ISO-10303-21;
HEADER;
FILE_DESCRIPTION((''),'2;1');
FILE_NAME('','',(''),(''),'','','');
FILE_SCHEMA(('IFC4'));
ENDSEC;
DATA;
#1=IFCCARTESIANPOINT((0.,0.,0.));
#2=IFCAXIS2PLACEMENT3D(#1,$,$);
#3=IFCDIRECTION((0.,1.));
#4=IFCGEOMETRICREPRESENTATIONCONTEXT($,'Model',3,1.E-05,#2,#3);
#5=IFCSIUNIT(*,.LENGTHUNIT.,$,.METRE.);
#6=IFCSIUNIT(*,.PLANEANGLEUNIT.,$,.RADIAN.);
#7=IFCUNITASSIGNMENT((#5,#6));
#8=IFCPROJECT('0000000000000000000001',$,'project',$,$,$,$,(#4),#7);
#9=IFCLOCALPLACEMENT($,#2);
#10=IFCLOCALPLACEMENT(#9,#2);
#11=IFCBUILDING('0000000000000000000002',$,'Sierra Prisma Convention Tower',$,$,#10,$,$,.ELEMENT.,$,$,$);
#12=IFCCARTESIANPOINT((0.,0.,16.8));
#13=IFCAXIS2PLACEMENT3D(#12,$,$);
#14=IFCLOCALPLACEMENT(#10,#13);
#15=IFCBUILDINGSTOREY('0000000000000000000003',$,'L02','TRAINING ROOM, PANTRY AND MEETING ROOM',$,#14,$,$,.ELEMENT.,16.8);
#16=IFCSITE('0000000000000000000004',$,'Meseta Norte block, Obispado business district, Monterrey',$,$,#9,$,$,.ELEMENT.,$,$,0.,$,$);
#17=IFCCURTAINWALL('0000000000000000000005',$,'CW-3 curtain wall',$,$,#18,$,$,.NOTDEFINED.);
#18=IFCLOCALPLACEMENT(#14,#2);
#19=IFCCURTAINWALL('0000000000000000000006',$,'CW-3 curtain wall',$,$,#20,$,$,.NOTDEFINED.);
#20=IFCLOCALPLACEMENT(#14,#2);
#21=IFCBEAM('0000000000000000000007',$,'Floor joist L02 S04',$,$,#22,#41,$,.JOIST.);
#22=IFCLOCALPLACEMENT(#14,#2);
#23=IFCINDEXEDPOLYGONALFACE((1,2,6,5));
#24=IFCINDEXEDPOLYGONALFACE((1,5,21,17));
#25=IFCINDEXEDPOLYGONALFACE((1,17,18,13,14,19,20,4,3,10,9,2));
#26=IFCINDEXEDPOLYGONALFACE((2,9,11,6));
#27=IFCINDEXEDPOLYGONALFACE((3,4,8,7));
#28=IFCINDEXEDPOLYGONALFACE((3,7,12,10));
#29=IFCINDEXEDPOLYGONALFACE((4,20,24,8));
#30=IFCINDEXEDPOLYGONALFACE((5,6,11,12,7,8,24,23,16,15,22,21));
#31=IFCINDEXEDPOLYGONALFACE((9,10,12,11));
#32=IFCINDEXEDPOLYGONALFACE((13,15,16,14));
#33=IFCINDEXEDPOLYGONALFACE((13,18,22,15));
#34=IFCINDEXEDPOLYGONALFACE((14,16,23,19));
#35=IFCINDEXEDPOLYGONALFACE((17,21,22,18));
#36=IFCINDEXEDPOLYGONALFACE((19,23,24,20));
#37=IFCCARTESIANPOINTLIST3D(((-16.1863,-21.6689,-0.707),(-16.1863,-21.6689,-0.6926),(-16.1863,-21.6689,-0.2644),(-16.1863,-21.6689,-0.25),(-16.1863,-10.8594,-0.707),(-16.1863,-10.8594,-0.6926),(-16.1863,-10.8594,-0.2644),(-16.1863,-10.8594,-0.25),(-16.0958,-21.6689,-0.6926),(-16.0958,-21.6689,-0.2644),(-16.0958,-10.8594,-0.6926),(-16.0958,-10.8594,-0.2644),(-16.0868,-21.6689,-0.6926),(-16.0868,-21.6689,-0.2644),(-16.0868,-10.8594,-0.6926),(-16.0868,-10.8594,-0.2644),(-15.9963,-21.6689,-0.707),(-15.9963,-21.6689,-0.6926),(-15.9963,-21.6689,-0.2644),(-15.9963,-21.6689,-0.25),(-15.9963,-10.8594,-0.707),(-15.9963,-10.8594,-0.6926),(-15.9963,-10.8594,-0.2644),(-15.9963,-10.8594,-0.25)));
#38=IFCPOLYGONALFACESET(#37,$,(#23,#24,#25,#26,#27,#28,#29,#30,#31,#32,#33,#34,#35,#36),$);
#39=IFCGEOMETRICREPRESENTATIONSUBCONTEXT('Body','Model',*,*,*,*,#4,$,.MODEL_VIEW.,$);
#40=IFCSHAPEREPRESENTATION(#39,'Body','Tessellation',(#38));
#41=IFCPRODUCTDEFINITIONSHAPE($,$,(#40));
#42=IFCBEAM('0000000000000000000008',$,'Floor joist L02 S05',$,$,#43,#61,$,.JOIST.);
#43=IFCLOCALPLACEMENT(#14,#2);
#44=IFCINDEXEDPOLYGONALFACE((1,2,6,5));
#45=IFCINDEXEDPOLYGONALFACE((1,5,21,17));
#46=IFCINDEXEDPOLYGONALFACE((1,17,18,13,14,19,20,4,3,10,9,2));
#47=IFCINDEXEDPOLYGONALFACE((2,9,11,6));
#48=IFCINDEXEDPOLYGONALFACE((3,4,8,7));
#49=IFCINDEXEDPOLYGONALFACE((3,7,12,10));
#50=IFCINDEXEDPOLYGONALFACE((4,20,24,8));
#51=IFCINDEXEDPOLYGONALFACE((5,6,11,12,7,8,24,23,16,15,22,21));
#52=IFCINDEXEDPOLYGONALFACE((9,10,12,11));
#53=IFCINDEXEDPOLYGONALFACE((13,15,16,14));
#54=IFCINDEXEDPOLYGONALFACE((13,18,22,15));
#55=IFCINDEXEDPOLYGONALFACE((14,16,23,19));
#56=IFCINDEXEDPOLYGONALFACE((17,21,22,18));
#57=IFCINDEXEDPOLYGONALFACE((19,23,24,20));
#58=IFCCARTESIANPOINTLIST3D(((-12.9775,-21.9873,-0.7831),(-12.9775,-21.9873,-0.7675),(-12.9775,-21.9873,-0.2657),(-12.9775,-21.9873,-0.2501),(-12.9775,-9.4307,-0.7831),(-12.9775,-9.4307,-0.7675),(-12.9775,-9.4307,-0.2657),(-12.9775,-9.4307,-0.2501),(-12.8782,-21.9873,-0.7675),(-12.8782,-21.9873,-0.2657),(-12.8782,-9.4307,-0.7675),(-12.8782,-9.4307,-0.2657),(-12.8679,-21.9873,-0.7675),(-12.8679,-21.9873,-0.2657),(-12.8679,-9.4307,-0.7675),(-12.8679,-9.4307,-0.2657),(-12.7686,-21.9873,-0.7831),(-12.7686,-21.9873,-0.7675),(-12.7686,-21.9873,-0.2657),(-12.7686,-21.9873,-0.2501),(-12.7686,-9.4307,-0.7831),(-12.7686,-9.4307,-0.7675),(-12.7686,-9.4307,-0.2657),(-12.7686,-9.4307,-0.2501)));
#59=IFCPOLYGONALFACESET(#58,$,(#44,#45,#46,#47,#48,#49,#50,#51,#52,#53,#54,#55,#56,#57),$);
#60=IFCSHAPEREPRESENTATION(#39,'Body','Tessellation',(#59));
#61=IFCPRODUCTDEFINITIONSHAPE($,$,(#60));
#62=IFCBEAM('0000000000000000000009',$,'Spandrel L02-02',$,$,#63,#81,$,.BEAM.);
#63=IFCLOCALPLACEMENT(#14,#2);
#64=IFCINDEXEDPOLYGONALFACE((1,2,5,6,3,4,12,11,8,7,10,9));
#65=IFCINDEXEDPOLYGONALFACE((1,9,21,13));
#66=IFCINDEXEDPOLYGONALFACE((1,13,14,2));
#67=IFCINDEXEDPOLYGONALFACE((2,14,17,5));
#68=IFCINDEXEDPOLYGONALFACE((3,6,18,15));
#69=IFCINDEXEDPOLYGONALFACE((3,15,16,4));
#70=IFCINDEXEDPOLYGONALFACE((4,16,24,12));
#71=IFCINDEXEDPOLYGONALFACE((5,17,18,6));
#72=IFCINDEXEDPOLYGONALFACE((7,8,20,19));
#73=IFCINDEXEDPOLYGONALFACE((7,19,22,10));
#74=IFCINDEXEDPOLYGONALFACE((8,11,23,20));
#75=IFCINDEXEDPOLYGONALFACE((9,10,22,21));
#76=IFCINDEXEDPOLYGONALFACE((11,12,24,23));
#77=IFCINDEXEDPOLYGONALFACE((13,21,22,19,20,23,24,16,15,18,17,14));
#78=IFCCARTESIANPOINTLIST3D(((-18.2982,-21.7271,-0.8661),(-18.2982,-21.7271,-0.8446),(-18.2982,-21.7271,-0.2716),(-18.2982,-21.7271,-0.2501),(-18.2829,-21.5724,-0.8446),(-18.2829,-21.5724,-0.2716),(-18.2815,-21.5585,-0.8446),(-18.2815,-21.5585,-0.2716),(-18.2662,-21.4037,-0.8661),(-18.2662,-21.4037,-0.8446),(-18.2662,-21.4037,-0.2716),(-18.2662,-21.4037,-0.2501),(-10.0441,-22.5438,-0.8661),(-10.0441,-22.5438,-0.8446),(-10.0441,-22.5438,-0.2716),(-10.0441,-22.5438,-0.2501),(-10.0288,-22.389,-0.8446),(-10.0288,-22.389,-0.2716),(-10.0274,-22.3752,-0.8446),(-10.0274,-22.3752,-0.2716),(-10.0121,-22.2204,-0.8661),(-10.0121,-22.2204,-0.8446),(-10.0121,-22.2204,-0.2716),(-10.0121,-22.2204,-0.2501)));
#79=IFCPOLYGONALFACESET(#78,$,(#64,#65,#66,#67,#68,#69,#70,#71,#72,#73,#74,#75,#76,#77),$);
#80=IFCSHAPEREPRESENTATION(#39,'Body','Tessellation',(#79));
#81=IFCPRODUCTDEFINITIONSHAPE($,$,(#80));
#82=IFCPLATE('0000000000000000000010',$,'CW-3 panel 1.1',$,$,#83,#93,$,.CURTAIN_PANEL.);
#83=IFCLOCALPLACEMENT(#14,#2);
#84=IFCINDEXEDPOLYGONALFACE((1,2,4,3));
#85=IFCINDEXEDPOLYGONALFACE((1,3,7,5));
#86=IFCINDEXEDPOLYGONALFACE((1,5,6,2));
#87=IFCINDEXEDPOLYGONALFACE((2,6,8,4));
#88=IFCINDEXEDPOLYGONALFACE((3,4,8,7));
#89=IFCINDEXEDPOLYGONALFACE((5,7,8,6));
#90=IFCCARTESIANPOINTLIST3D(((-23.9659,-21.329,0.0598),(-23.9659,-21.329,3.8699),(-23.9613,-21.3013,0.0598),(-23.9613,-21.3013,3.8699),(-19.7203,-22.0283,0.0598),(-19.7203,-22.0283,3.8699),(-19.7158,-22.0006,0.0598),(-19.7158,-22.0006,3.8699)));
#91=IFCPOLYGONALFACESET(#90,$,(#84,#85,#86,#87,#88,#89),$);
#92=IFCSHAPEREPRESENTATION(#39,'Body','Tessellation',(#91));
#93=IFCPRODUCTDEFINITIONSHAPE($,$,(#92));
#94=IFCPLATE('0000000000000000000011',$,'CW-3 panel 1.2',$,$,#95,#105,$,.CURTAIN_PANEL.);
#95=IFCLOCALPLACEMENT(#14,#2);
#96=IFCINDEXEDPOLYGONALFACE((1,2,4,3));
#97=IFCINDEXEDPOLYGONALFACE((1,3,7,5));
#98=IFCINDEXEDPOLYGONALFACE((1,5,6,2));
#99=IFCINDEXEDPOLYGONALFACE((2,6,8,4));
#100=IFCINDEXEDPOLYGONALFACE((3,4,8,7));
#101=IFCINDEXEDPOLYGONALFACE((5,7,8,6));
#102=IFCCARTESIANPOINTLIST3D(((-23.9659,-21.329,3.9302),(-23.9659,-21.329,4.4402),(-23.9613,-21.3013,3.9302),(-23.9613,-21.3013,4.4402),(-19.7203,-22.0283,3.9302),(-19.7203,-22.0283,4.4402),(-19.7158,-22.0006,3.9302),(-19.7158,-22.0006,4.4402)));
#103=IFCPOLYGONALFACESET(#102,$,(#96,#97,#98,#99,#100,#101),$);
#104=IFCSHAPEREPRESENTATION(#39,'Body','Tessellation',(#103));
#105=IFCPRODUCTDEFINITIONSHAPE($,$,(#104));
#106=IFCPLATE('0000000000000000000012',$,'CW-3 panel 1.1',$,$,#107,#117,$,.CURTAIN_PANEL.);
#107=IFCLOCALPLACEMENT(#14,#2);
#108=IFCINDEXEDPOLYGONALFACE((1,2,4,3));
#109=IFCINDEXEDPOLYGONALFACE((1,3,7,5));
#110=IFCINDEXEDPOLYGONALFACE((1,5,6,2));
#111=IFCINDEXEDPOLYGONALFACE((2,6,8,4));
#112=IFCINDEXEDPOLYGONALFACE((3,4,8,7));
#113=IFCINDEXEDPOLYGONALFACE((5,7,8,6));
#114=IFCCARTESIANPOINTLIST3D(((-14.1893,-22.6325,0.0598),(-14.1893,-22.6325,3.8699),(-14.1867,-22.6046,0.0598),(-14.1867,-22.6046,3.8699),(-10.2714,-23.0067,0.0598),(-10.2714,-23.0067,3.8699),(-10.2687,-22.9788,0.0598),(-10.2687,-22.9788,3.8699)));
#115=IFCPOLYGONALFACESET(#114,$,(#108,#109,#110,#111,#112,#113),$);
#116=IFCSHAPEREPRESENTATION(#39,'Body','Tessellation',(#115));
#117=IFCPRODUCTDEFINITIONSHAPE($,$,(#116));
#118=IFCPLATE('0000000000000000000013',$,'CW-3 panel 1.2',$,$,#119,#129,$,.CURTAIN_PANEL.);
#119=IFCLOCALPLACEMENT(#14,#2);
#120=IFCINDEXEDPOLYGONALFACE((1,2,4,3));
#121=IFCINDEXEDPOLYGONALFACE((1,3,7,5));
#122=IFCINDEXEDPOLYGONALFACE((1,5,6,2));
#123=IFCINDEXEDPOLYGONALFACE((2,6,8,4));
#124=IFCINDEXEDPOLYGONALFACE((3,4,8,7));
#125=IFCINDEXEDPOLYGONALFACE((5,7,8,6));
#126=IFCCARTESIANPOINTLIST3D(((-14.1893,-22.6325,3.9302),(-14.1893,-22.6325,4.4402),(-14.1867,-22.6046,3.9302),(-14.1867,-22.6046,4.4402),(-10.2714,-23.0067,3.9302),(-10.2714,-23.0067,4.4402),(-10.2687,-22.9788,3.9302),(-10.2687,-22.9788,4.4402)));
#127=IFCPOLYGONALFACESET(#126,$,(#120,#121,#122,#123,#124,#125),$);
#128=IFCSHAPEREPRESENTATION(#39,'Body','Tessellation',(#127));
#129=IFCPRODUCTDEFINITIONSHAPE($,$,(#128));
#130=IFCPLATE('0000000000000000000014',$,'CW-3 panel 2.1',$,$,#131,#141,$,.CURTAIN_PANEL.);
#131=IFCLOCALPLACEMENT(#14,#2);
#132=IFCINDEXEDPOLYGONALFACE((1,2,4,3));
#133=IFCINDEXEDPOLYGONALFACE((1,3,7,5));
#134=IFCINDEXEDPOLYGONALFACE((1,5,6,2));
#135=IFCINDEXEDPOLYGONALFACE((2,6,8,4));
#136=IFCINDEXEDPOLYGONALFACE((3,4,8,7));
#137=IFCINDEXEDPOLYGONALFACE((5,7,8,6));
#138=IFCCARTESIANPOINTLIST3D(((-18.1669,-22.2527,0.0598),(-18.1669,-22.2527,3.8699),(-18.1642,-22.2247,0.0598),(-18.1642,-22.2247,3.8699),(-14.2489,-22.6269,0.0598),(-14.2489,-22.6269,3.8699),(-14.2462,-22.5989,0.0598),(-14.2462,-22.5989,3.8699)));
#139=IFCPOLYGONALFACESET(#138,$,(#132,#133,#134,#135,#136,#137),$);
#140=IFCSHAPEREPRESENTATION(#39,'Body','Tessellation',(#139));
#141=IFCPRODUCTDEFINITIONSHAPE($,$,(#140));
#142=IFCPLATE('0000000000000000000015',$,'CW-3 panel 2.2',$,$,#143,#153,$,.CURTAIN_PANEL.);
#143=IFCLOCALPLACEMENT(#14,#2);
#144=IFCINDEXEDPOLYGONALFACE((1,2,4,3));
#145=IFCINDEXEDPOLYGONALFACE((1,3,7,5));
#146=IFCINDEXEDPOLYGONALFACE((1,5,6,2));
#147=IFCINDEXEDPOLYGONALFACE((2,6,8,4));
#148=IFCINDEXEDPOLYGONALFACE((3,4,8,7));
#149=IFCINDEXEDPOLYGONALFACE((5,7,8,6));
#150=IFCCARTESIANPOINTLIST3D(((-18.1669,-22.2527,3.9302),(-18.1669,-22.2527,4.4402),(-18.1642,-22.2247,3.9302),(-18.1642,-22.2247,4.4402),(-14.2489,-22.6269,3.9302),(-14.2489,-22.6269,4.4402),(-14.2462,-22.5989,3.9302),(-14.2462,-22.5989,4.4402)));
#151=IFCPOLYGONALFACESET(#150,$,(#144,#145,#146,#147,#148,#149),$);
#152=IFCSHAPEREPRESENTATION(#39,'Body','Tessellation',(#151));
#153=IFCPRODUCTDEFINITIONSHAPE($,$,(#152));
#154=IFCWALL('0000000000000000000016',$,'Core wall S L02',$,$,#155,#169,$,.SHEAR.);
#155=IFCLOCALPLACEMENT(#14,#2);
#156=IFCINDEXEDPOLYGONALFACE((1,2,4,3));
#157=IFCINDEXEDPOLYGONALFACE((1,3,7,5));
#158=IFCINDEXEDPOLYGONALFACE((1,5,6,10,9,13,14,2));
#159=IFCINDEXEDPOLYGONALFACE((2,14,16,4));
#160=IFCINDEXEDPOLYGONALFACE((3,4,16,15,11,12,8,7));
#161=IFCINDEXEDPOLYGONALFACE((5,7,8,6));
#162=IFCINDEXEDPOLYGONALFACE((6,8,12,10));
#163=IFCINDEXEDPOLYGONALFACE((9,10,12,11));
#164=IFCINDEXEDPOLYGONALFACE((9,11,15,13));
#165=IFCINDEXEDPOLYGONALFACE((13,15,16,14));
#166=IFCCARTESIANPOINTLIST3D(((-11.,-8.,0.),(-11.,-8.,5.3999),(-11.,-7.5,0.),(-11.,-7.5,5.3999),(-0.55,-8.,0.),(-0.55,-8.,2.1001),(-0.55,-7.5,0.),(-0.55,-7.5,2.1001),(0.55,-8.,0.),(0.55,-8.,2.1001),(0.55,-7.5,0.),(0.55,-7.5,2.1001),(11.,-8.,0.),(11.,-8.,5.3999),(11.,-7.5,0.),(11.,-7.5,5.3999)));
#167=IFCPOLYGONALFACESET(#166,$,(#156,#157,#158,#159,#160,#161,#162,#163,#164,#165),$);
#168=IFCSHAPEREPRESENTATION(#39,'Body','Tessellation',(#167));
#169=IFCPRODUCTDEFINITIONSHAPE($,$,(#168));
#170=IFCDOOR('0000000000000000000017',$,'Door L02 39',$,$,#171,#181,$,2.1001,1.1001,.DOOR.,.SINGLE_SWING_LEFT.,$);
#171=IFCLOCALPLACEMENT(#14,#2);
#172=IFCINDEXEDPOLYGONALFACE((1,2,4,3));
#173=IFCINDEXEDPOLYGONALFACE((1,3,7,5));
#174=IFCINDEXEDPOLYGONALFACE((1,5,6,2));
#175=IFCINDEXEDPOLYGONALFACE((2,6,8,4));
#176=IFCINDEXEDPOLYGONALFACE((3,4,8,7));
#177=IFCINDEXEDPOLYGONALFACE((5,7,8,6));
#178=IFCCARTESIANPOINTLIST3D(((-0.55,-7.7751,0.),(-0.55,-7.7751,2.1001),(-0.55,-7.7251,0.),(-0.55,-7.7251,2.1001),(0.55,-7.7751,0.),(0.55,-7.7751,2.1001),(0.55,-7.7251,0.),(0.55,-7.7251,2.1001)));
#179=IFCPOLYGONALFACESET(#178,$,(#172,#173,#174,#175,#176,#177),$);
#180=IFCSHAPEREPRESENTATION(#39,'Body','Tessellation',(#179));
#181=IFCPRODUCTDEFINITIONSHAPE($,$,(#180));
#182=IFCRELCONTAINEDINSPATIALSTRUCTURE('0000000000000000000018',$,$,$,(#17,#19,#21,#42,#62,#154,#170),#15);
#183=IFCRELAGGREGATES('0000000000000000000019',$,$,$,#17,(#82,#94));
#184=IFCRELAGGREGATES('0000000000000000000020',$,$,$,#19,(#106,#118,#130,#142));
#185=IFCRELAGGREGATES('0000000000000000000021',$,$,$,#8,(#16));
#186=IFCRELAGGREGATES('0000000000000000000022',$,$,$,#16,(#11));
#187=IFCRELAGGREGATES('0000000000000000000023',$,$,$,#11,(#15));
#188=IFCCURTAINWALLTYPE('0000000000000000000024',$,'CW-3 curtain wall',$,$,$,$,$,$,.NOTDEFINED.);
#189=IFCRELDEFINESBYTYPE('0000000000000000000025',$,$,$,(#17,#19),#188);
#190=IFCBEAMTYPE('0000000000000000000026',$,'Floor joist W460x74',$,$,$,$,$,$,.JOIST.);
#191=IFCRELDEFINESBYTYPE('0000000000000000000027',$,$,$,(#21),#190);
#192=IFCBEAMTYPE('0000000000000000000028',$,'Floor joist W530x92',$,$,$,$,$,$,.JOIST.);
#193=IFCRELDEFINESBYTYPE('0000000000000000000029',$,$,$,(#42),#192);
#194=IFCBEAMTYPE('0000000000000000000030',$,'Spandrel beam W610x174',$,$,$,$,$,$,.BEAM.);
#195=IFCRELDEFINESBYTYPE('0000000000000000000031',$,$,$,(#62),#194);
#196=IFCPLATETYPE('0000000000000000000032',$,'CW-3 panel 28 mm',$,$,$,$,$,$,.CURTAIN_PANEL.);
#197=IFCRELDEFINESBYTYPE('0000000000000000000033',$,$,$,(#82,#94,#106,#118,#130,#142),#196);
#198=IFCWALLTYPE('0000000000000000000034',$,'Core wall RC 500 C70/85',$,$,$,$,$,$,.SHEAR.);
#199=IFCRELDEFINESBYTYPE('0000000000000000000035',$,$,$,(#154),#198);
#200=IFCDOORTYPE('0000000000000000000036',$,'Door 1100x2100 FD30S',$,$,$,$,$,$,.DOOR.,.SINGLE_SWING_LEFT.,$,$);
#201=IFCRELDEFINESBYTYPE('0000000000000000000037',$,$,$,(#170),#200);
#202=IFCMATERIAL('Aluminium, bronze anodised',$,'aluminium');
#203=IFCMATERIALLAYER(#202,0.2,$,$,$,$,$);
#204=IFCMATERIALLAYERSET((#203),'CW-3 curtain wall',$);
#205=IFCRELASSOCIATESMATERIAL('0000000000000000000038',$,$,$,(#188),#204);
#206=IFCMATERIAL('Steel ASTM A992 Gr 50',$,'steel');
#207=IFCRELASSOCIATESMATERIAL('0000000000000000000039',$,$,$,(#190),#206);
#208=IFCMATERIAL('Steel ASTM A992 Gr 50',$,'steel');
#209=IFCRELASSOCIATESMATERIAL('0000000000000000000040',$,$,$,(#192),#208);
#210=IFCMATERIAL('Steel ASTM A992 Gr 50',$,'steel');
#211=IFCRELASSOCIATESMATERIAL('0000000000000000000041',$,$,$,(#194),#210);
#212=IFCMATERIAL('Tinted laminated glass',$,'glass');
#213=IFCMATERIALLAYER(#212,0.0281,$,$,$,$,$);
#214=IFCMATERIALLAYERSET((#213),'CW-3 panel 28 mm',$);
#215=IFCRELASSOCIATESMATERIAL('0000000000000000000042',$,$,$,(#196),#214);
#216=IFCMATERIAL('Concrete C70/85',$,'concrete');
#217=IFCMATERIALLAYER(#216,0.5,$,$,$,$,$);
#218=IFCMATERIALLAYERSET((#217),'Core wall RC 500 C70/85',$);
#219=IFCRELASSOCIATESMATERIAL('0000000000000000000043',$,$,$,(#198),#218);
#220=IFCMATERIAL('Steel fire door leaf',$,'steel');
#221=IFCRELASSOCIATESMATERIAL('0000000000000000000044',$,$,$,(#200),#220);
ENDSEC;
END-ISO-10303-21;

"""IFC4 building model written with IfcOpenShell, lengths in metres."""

from ifc_helpers import new_model, si_unit, direction, frame, frame_2d, origin, origin_2d, place, context, subcontext, project, spatial, rectangle, i_section, extrude, material, layer, layer_set, material_profile, profile_set, type_object, element, fill, aggregate, save


model = new_model("IFC4")

# Units and contexts
model_context = context("Model", 3, precision=1e-05, world=origin(), true_north=direction((0.0, 1.0)))
body_context = subcontext(model_context, "Body", "Model", "MODEL_VIEW")
ifc_project = project(units=[si_unit("LENGTHUNIT", "METRE"), si_unit("PLANEANGLEUNIT", "RADIAN")], contexts=[model_context])

# Site, building, storey
site_placement = place(None, origin())
site = spatial("IfcSite", under=ifc_project, at=site_placement, Name="Meseta Norte block, Obispado business district, Monterrey", CompositionType="ELEMENT", RefElevation=0.0)
building_placement = place(site_placement, origin())
building = spatial("IfcBuilding", under=site, at=building_placement, Name="Sierra Prisma Convention Tower", CompositionType="ELEMENT")
storey_placement = place(building_placement, frame((0.0, 0.0, 16.8)))
storey = spatial("IfcBuildingStorey", under=building, at=storey_placement, Name="L02", Description="TRAINING ROOM, PANTRY AND MEETING ROOM", CompositionType="ELEMENT", Elevation=16.8)

# Curtain walls
ifc_material_1 = material(Name="Aluminium, bronze anodised", Category="aluminium")
ifc_layer_1 = layer(ifc_material_1, 0.2)
ifc_layer_set_1 = layer_set([ifc_layer_1], Name="CW-3 curtain wall")
curtain_wall_type = type_object("IfcCurtainWallType", Name="CW-3 curtain wall", PredefinedType="NOTDEFINED", material=ifc_layer_set_1)
curtain_wall_1_placement = place(storey_placement, origin())
curtain_wall_1 = element("IfcCurtainWall", 1, at=curtain_wall_1_placement, inside=storey, type_object=curtain_wall_type, Name="CW-3 curtain wall", PredefinedType="NOTDEFINED")
curtain_wall_2_placement = place(storey_placement, origin())
curtain_wall_2 = element("IfcCurtainWall", 2, at=curtain_wall_2_placement, inside=storey, type_object=curtain_wall_type, Name="CW-3 curtain wall", PredefinedType="NOTDEFINED")

# Beams
ifc_material_2 = material(Name="Steel ASTM A992 Gr 50", Category="steel")
ifc_material_profile_1 = material_profile(ifc_material_2, i_section(OverallWidth=0.1899, OverallDepth=0.457, WebThickness=0.009, FlangeThickness=0.0144, at=origin_2d()), Name="W460x74")
ifc_profile_set_1 = profile_set([ifc_material_profile_1], Name="Steel ASTM A992 Gr 50")
beam_type_1 = type_object("IfcBeamType", Name="Floor joist W460x74", PredefinedType="JOIST", material=ifc_profile_set_1)
beam_1_placement = place(storey_placement, frame((-16.0913, -21.6689, -0.4785), z_axis=(0.0, 1.0, 0.0), x_axis=(-1.0, 0.0, 0.0)))
element("IfcBeam", 3, at=beam_1_placement, inside=storey, type_object=beam_type_1, Name="Floor joist L02 S04", PredefinedType="JOIST", context=body_context, shape_type="SweptSolid", body=[
    extrude(i_section(OverallWidth=0.1899, OverallDepth=0.457, WebThickness=0.009, FlangeThickness=0.0144, at=origin_2d()), origin(), (0.0, 0.0, 1.0), 10.8096),
])
ifc_material_3 = material(Name="Steel ASTM A992 Gr 50", Category="steel")
ifc_material_profile_2 = material_profile(ifc_material_3, i_section(OverallWidth=0.209, OverallDepth=0.533, WebThickness=0.0103, FlangeThickness=0.0156, at=origin_2d()), Name="W530x92")
ifc_profile_set_2 = profile_set([ifc_material_profile_2], Name="Steel ASTM A992 Gr 50")
beam_type_2 = type_object("IfcBeamType", Name="Floor joist W530x92", PredefinedType="JOIST", material=ifc_profile_set_2)
beam_2_placement = place(storey_placement, frame((-12.873, -21.9873, -0.5166), z_axis=(0.0, 1.0, 0.0), x_axis=(-1.0, 0.0, 0.0)))
element("IfcBeam", 4, at=beam_2_placement, inside=storey, type_object=beam_type_2, Name="Floor joist L02 S05", PredefinedType="JOIST", context=body_context, shape_type="SweptSolid", body=[
    extrude(i_section(OverallWidth=0.209, OverallDepth=0.533, WebThickness=0.0103, FlangeThickness=0.0156, at=origin_2d()), origin(), (0.0, 0.0, 1.0), 12.5566),
])
ifc_material_4 = material(Name="Steel ASTM A992 Gr 50", Category="steel")
ifc_material_profile_3 = material_profile(ifc_material_4, i_section(OverallWidth=0.325, OverallDepth=0.616, WebThickness=0.0139, FlangeThickness=0.0215, at=origin_2d()), Name="W610x174")
ifc_profile_set_3 = profile_set([ifc_material_profile_3], Name="Steel ASTM A992 Gr 50")
beam_type_3 = type_object("IfcBeamType", Name="Spandrel beam W610x174", PredefinedType="BEAM", material=ifc_profile_set_3)
beam_3_placement = place(storey_placement, frame((-18.2822, -21.5654, -0.5581), z_axis=(0.995141, -0.098457, 0.0), x_axis=(0.098457, 0.995141, 0.0)))
element("IfcBeam", 5, at=beam_3_placement, inside=storey, type_object=beam_type_3, Name="Spandrel L02-02", PredefinedType="BEAM", context=body_context, shape_type="SweptSolid", body=[
    extrude(i_section(OverallWidth=0.325, OverallDepth=0.616, WebThickness=0.0139, FlangeThickness=0.0215, at=origin_2d()), origin(), (0.0, 0.0, 1.0), 8.2944),
])

# Plates
ifc_material_5 = material(Name="Tinted laminated glass", Category="glass")
ifc_layer_2 = layer(ifc_material_5, 0.0281)
ifc_layer_set_2 = layer_set([ifc_layer_2], Name="CW-3 panel 28 mm")
plate_type = type_object("IfcPlateType", Name="CW-3 panel 28 mm", PredefinedType="CURTAIN_PANEL", material=ifc_layer_set_2)
plate_1_placement = place(storey_placement, frame((-21.8408, -21.6648, 0.0598), z_axis=(0.0, 0.0, 1.0), x_axis=(-0.986702, 0.162542, 0.0)))
plate_1 = element("IfcPlate", 6, at=plate_1_placement, type_object=plate_type, Name="CW-3 panel 1.1", PredefinedType="CURTAIN_PANEL", context=body_context, shape_type="SweptSolid", body=[
    extrude(rectangle(XDim=4.3027, YDim=0.0281, at=origin_2d()), origin(), (0.0, 0.0, 1.0), 3.8101),
])
plate_2_placement = place(storey_placement, frame((-21.8408, -21.6648, 3.9302), z_axis=(0.0, 0.0, 1.0), x_axis=(-0.986702, 0.162542, 0.0)))
plate_2 = element("IfcPlate", 7, at=plate_2_placement, type_object=plate_type, Name="CW-3 panel 1.2", PredefinedType="CURTAIN_PANEL", context=body_context, shape_type="SweptSolid", body=[
    extrude(rectangle(XDim=4.3027, YDim=0.0281, at=origin_2d()), origin(), (0.0, 0.0, 1.0), 0.51),
])
aggregate(curtain_wall_1, [plate_1, plate_2])
plate_3_placement = place(storey_placement, frame((-12.229, -22.8057, 0.0598), z_axis=(0.0, 0.0, 1.0), x_axis=(-0.99547, 0.095075, 0.0)))
plate_3 = element("IfcPlate", 8, at=plate_3_placement, type_object=plate_type, Name="CW-3 panel 1.1", PredefinedType="CURTAIN_PANEL", context=body_context, shape_type="SweptSolid", body=[
    extrude(rectangle(XDim=3.9358, YDim=0.0281, at=origin_2d()), origin(), (0.0, 0.0, 1.0), 3.8101),
])
plate_4_placement = place(storey_placement, frame((-12.229, -22.8057, 3.9302), z_axis=(0.0, 0.0, 1.0), x_axis=(-0.99547, 0.095075, 0.0)))
plate_4 = element("IfcPlate", 9, at=plate_4_placement, type_object=plate_type, Name="CW-3 panel 1.2", PredefinedType="CURTAIN_PANEL", context=body_context, shape_type="SweptSolid", body=[
    extrude(rectangle(XDim=3.9358, YDim=0.0281, at=origin_2d()), origin(), (0.0, 0.0, 1.0), 0.51),
])
plate_5_placement = place(storey_placement, frame((-16.2065, -22.4258, 0.0598), z_axis=(0.0, 0.0, 1.0), x_axis=(-0.99547, 0.095075, 0.0)))
plate_5 = element("IfcPlate", 10, at=plate_5_placement, type_object=plate_type, Name="CW-3 panel 2.1", PredefinedType="CURTAIN_PANEL", context=body_context, shape_type="SweptSolid", body=[
    extrude(rectangle(XDim=3.9358, YDim=0.0281, at=origin_2d()), origin(), (0.0, 0.0, 1.0), 3.8101),
])
plate_6_placement = place(storey_placement, frame((-16.2065, -22.4258, 3.9302), z_axis=(0.0, 0.0, 1.0), x_axis=(-0.99547, 0.095075, 0.0)))
plate_6 = element("IfcPlate", 11, at=plate_6_placement, type_object=plate_type, Name="CW-3 panel 2.2", PredefinedType="CURTAIN_PANEL", context=body_context, shape_type="SweptSolid", body=[
    extrude(rectangle(XDim=3.9358, YDim=0.0281, at=origin_2d()), origin(), (0.0, 0.0, 1.0), 0.51),
])
aggregate(curtain_wall_2, [plate_3, plate_4, plate_5, plate_6])

# Wall, opening, door
ifc_material_6 = material(Name="Concrete C70/85", Category="concrete")
ifc_layer_3 = layer(ifc_material_6, 0.5)
ifc_layer_set_3 = layer_set([ifc_layer_3], Name="Core wall RC 500 C70/85")
wall_type_1 = type_object("IfcWallType", Name="Core wall RC 500 C70/85", PredefinedType="SHEAR", material=ifc_layer_set_3)
wall_1_placement = place(storey_placement, frame((-11.0, -7.75, 0.0), z_axis=(0.0, 0.0, 1.0), x_axis=(1.0, 0.0, 0.0)))
wall_1 = element("IfcWall", 12, at=wall_1_placement, inside=storey, type_object=wall_type_1, Name="Core wall S L02", PredefinedType="SHEAR", context=body_context, shape_type="SweptSolid", body=[
    extrude(rectangle(XDim=22.0, YDim=0.5, at=frame_2d((11.0, 0.0))), origin(), (0.0, 0.0, 1.0), 5.3999),
])
opening_1_placement = place(wall_1_placement, frame((10.45, 0.0, 0.0)))
opening_1 = element("IfcOpeningElement", 13, at=opening_1_placement, cuts=wall_1, PredefinedType="OPENING", context=body_context, shape_type="SweptSolid", body=[
    extrude(rectangle(XDim=1.1001, YDim=2.1001, at=frame_2d((0.55, 1.05))), frame((0.0, 0.25, 0.0), z_axis=(0.0, -1.0, 0.0), x_axis=(1.0, 0.0, 0.0)), (0.0, 0.0, 1.0), 0.5),
])
ifc_material_7 = material(Name="Steel fire door leaf", Category="steel")
door_type_1 = type_object("IfcDoorType", Name="Door 1100x2100 FD30S", OperationType="SINGLE_SWING_LEFT", PredefinedType="DOOR", material=ifc_material_7)
door_1_placement = place(opening_1_placement, origin())
door_1 = element("IfcDoor", 14, at=door_1_placement, inside=storey, type_object=door_type_1, Name="Door L02 39", OperationType="SINGLE_SWING_LEFT", OverallHeight=2.1001, OverallWidth=1.1001, PredefinedType="DOOR", context=body_context, shape_type="SweptSolid", body=[
    extrude(rectangle(XDim=1.1001, YDim=2.1001, at=frame_2d((0.55, 1.05))), frame((0.0, 0.0249, 0.0), z_axis=(0.0, -1.0, 0.0), x_axis=(1.0, 0.0, 0.0)), (0.0, 0.0, 1.0), 0.05),
])
fill(opening_1, door_1)

save(model, "model.ifc")
